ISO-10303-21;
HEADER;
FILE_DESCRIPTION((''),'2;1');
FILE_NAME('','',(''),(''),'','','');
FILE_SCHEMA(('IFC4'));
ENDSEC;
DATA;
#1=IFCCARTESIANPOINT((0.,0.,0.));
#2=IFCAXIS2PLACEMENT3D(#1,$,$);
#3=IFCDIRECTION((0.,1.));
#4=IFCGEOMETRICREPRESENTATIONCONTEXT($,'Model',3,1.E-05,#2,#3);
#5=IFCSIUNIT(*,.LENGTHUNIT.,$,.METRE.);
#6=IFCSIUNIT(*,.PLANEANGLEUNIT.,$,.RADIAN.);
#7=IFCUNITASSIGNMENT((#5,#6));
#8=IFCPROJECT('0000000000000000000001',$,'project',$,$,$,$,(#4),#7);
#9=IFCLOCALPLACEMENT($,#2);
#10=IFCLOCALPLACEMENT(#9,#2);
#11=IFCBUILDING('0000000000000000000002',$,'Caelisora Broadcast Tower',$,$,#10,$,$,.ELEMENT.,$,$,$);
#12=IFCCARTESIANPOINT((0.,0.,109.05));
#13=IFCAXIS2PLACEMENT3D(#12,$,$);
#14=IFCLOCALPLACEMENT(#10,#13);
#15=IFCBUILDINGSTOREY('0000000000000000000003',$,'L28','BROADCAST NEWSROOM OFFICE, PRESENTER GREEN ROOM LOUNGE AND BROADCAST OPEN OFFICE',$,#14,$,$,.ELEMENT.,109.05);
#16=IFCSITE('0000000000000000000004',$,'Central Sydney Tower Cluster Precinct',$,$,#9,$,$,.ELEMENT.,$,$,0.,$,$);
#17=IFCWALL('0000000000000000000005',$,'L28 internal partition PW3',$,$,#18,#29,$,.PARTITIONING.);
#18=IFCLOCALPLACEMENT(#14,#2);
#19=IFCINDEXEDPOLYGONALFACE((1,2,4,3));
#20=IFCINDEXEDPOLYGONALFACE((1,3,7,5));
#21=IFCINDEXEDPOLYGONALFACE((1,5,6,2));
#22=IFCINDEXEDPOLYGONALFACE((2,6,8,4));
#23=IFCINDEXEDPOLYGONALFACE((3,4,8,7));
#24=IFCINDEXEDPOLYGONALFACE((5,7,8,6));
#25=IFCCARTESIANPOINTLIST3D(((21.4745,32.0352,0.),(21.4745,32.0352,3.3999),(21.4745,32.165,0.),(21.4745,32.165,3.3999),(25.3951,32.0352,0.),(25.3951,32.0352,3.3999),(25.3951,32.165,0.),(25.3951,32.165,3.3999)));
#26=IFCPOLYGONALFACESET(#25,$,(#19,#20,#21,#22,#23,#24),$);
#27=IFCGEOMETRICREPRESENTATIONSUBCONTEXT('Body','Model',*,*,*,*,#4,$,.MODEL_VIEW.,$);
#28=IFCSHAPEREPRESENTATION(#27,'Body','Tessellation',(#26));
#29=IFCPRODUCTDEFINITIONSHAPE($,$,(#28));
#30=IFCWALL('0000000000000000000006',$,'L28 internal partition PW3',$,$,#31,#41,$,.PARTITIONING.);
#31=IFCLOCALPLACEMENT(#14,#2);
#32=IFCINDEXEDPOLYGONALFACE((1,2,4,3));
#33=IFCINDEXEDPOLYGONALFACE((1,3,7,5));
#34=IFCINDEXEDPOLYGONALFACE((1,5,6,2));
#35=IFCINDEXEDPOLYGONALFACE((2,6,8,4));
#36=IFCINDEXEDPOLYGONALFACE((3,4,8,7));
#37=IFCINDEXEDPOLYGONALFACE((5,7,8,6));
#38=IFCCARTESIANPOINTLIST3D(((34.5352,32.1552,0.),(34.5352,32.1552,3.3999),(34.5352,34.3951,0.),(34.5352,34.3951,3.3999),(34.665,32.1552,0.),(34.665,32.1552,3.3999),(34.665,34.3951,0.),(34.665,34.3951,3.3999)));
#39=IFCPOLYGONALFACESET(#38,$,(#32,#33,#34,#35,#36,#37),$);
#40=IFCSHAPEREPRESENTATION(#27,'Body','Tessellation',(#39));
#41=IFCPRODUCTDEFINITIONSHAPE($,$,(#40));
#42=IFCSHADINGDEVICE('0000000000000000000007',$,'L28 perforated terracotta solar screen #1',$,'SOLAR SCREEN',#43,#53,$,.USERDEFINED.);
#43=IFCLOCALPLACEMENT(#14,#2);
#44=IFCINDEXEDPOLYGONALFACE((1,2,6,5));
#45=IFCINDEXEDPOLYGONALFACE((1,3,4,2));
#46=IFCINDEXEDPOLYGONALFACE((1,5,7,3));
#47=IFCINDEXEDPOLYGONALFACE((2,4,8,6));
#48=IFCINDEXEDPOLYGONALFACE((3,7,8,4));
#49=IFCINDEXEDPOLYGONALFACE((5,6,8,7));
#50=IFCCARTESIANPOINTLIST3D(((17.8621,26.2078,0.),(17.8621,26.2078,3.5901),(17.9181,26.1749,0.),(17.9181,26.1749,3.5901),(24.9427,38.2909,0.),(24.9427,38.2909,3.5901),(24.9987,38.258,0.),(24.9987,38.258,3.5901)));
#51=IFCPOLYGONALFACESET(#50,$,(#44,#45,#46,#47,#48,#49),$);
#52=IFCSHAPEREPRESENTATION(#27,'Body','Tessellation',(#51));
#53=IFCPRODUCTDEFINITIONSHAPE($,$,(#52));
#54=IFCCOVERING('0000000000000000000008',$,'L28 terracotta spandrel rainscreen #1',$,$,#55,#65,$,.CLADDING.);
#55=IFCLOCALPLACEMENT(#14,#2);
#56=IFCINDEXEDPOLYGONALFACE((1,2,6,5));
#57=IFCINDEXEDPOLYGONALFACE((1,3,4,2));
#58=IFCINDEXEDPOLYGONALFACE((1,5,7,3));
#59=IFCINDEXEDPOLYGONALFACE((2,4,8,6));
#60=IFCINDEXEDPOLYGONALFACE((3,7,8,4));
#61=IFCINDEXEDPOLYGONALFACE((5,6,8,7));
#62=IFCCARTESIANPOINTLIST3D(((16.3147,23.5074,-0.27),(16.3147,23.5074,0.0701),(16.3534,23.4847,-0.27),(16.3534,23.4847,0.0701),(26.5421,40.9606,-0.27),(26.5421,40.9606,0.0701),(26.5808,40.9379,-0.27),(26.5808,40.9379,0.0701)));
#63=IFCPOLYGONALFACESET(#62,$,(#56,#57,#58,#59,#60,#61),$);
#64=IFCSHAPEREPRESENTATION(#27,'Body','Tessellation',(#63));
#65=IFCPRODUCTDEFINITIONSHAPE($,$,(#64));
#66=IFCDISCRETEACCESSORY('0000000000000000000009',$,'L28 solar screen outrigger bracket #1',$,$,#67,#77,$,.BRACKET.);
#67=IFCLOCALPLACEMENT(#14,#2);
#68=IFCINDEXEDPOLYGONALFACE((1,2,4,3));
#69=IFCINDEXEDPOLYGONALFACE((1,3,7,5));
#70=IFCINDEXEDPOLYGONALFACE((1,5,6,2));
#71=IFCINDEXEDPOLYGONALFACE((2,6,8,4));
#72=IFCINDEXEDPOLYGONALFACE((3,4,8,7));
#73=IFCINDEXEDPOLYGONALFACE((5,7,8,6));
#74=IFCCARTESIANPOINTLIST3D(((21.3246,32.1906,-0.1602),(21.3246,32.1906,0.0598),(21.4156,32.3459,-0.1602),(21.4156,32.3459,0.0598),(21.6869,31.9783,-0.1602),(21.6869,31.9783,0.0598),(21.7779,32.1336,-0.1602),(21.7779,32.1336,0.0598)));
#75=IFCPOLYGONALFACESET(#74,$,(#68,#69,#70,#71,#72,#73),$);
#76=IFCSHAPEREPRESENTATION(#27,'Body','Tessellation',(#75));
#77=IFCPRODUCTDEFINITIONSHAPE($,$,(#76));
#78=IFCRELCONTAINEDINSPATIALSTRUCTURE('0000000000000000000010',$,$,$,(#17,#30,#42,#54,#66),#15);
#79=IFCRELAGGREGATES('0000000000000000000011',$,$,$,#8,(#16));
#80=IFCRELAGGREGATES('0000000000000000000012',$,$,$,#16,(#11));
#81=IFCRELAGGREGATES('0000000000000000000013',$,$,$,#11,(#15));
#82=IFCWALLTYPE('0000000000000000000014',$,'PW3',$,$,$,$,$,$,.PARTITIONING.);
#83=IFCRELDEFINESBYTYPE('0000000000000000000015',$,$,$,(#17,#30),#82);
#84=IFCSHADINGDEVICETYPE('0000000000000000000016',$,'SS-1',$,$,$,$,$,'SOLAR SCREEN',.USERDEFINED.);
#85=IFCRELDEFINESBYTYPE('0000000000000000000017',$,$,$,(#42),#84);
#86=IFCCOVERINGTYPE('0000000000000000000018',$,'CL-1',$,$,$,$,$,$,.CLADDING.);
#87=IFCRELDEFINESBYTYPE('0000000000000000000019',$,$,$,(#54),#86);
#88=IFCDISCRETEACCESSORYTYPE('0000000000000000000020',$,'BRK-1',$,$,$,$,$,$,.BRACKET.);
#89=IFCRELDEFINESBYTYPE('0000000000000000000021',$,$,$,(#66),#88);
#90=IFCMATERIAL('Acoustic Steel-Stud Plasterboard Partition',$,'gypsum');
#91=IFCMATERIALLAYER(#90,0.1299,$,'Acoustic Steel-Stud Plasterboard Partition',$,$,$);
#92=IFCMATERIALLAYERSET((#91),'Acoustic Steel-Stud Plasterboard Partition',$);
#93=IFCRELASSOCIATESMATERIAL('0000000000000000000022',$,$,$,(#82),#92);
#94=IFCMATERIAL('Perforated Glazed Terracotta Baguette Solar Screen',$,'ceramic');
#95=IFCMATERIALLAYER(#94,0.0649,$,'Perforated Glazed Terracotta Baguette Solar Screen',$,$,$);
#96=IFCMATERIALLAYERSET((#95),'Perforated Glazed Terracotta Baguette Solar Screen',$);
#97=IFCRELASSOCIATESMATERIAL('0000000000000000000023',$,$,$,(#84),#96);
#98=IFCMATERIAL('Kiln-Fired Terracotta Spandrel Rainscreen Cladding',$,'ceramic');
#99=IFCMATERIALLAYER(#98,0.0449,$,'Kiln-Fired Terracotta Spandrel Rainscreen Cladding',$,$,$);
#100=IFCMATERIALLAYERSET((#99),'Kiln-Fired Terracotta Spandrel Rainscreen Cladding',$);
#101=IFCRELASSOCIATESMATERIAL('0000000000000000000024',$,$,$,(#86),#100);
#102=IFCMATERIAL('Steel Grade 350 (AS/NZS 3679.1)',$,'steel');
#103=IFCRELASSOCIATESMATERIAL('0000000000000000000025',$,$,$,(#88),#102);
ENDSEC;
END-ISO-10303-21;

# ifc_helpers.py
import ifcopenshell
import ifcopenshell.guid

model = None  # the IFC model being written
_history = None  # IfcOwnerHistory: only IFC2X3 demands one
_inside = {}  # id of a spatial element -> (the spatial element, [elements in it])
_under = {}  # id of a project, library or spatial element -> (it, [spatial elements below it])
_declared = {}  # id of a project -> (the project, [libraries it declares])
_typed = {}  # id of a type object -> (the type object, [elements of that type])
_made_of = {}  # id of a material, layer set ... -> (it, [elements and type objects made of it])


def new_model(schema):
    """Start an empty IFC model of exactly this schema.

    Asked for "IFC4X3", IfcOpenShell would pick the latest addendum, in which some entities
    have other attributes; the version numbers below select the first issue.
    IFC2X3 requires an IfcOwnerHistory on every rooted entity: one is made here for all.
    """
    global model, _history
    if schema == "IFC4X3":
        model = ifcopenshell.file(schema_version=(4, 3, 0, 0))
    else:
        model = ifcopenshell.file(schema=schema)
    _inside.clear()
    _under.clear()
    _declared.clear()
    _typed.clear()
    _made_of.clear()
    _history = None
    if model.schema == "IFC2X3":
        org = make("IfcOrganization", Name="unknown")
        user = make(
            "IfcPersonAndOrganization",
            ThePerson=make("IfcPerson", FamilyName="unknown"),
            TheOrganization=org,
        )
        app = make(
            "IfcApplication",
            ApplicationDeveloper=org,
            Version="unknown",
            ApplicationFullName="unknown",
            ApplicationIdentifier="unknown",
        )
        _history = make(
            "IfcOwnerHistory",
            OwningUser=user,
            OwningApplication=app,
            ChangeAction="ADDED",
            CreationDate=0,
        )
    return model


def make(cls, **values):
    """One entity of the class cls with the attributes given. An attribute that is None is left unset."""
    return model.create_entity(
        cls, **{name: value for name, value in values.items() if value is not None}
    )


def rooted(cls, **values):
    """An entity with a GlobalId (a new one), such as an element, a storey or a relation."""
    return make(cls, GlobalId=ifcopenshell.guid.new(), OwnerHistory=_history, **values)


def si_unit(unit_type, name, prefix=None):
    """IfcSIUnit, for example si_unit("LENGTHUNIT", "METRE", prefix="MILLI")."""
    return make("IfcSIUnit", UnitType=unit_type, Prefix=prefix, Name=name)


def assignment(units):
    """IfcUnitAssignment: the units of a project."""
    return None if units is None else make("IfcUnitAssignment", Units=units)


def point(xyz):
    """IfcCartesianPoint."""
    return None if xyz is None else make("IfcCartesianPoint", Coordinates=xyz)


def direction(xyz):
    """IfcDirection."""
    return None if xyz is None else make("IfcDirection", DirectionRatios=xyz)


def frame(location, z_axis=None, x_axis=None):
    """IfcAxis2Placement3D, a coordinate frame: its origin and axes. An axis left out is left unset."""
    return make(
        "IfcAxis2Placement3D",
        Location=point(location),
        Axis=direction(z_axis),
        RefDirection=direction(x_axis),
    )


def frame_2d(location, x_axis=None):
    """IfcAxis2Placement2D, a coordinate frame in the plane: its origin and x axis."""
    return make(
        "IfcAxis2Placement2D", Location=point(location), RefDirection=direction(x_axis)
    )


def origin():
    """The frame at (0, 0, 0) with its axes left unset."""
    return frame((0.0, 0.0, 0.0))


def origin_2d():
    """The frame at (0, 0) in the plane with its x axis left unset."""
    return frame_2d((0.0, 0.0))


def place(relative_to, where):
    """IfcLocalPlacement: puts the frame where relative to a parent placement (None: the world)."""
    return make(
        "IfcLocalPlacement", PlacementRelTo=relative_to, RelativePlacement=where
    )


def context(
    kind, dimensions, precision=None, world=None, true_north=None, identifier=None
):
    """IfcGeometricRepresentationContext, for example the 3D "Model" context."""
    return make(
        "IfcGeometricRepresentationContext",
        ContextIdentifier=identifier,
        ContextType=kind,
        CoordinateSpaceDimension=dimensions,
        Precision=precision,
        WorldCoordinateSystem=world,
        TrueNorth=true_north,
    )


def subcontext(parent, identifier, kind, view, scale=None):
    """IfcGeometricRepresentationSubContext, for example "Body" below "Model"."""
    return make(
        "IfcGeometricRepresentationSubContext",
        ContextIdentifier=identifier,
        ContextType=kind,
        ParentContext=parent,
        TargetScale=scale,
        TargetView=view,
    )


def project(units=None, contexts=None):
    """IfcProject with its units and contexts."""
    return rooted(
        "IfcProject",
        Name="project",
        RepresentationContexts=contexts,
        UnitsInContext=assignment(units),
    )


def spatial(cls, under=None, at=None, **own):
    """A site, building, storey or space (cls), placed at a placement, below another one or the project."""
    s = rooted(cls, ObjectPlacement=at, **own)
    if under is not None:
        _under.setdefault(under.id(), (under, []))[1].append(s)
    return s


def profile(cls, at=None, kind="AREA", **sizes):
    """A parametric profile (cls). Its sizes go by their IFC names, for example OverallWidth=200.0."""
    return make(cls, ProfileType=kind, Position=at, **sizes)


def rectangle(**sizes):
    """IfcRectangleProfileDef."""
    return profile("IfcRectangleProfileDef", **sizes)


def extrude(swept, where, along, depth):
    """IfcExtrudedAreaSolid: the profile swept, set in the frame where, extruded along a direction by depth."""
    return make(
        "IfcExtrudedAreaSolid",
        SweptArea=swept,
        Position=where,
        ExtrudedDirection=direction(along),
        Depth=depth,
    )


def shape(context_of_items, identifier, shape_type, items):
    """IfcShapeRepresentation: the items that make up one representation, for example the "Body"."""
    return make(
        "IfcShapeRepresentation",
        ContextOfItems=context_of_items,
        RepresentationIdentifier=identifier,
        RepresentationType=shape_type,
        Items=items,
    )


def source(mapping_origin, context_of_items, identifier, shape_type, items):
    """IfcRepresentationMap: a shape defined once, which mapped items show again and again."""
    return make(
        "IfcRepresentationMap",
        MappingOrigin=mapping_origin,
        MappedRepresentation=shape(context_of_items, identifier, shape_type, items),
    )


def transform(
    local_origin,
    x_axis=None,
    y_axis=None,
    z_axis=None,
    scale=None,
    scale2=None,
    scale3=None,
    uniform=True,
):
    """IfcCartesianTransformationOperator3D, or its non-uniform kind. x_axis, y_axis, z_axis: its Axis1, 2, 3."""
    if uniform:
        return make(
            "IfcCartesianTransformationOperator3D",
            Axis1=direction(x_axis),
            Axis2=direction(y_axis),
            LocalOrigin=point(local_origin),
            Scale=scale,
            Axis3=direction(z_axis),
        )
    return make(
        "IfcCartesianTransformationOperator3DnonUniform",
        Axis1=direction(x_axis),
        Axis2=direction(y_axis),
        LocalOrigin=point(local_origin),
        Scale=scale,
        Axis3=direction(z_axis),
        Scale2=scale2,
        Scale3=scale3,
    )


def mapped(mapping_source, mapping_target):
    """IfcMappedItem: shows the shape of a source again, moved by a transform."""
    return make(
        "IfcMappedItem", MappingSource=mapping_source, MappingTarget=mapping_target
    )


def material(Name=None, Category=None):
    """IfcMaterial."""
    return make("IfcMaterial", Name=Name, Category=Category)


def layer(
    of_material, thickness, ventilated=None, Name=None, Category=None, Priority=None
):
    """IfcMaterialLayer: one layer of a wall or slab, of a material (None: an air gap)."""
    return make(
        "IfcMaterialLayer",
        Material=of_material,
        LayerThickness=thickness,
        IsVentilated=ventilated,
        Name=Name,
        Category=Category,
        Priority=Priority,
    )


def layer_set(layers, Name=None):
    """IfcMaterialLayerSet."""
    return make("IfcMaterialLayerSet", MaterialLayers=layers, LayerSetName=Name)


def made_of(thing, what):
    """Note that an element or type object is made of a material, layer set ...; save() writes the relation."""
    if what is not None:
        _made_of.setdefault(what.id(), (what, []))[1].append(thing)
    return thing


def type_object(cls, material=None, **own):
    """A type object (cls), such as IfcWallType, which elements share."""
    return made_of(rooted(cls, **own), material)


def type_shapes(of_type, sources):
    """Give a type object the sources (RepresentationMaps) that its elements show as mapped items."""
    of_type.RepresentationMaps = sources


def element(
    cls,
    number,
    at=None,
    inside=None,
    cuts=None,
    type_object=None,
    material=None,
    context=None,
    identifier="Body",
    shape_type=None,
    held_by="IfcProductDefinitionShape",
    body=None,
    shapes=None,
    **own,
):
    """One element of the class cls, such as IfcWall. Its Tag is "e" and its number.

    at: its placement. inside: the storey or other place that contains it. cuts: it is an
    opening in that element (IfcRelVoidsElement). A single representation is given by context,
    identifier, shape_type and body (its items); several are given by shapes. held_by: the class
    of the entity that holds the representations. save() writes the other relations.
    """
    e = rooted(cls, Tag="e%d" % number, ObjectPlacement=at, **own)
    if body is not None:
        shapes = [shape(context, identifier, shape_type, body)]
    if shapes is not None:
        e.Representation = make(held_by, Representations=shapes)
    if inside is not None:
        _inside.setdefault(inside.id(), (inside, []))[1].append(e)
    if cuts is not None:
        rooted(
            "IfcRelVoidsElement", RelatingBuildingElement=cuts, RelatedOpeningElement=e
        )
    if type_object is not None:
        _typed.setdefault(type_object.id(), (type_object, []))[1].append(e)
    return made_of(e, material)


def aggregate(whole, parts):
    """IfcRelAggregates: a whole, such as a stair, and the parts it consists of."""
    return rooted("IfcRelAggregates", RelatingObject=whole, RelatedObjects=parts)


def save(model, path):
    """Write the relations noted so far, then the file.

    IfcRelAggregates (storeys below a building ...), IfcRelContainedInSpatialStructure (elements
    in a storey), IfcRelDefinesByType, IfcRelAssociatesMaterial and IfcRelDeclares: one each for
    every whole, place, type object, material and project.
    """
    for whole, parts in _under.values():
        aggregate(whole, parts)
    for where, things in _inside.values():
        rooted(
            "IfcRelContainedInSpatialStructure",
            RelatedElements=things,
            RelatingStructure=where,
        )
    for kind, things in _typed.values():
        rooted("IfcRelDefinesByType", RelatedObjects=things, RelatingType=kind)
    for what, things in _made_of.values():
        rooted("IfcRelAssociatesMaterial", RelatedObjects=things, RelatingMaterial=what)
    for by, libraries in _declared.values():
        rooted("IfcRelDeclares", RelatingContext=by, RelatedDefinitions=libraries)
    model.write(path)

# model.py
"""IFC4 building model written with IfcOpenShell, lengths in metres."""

from ifc_helpers import new_model, si_unit, direction, frame, frame_2d, origin, origin_2d, place, context, subcontext, project, spatial, rectangle, extrude, source, transform, mapped, material, layer, layer_set, type_object, type_shapes, element, save


model = new_model("IFC4")

# Units and contexts
model_context = context("Model", 3, precision=1e-05, world=origin(), true_north=direction((0.0, 1.0)))
body_context = subcontext(model_context, "Body", "Model", "MODEL_VIEW")
ifc_project = project(units=[si_unit("LENGTHUNIT", "METRE"), si_unit("PLANEANGLEUNIT", "RADIAN")], contexts=[model_context])

# Site, building, storey
site_placement = place(None, origin())
site = spatial("IfcSite", under=ifc_project, at=site_placement, Name="Central Sydney Tower Cluster Precinct", CompositionType="ELEMENT", RefElevation=0.0)
building_placement = place(site_placement, origin())
building = spatial("IfcBuilding", under=site, at=building_placement, Name="Caelisora Broadcast Tower", CompositionType="ELEMENT")
storey_placement = place(building_placement, frame((0.0, 0.0, 109.05)))
storey = spatial("IfcBuildingStorey", under=building, at=storey_placement, Name="L28", Description="BROADCAST NEWSROOM OFFICE, PRESENTER GREEN ROOM LOUNGE AND BROADCAST OPEN OFFICE", CompositionType="ELEMENT", Elevation=109.05)

# Shared definitions
ifc_material_1 = material(Name="Steel Grade 350 (AS/NZS 3679.1)", Category="steel")

# Shared definitions
ifc_material_2 = material(Name="Acoustic Steel-Stud Plasterboard Partition", Category="gypsum")
ifc_layer_1 = layer(ifc_material_2, 0.1299, Name="Acoustic Steel-Stud Plasterboard Partition")
ifc_layer_set_1 = layer_set([ifc_layer_1], Name="Acoustic Steel-Stud Plasterboard Partition")
wall_type_1 = type_object("IfcWallType", Name="PW3", PredefinedType="PARTITIONING", material=ifc_layer_set_1)

# Walls
wall_1_placement = place(storey_placement, frame((21.4744, 32.1001, 0.0), z_axis=(0.0, 0.0, 1.0), x_axis=(1.0, 0.0, 0.0)))
element("IfcWall", 1, at=wall_1_placement, inside=storey, type_object=wall_type_1, Name="L28 internal partition PW3", PredefinedType="PARTITIONING", context=body_context, shape_type="SweptSolid", body=[
    extrude(rectangle(XDim=3.9207, YDim=0.1299, at=frame_2d((1.9604, 0.0))), origin(), (0.0, 0.0, 1.0), 3.3999),
])
wall_2_placement = place(storey_placement, frame((34.6001, 32.155, 0.0), z_axis=(0.0, 0.0, 1.0), x_axis=(0.0, 1.0, 0.0)))
element("IfcWall", 2, at=wall_2_placement, inside=storey, type_object=wall_type_1, Name="L28 internal partition PW3", PredefinedType="PARTITIONING", context=body_context, shape_type="SweptSolid", body=[
    extrude(rectangle(XDim=2.24, YDim=0.1299, at=frame_2d((1.1201, 0.0))), origin(), (0.0, 0.0, 1.0), 3.3999),
])

# Shading device
ifc_material_3 = material(Name="Perforated Glazed Terracotta Baguette Solar Screen", Category="ceramic")
ifc_layer_2 = layer(ifc_material_3, 0.0649, Name="Perforated Glazed Terracotta Baguette Solar Screen")
ifc_layer_set_2 = layer_set([ifc_layer_2], Name="Perforated Glazed Terracotta Baguette Solar Screen")
shading_device_type = type_object("IfcShadingDeviceType", Name="SS-1", ElementType="SOLAR SCREEN", PredefinedType="USERDEFINED", material=ifc_layer_set_2)
shared_shape_1 = source(origin(), body_context, "Body", "SweptSolid", [
    extrude(rectangle(XDim=14.0049, YDim=0.0649, at=origin_2d()), origin(), (0.0, 0.0, 1.0), 3.5901),
])
type_shapes(shading_device_type, [shared_shape_1])
shading_device_placement = place(storey_placement, frame((21.4304, 32.2329, 0.0), z_axis=(0.0, 0.0, 1.0), x_axis=(-0.505582, -0.862779, 0.0)))
element("IfcShadingDevice", 3, at=shading_device_placement, inside=storey, type_object=shading_device_type, Name="L28 perforated terracotta solar screen #1", ObjectType="SOLAR SCREEN", PredefinedType="USERDEFINED", context=body_context, shape_type="MappedRepresentation", body=[
    mapped(shared_shape_1, transform((0.0, 0.0, 0.0), scale=1.0)),
])

# Covering
ifc_material_4 = material(Name="Kiln-Fired Terracotta Spandrel Rainscreen Cladding", Category="ceramic")
ifc_layer_3 = layer(ifc_material_4, 0.0449, Name="Kiln-Fired Terracotta Spandrel Rainscreen Cladding")
ifc_layer_set_3 = layer_set([ifc_layer_3], Name="Kiln-Fired Terracotta Spandrel Rainscreen Cladding")
covering_type = type_object("IfcCoveringType", Name="CL-1", PredefinedType="CLADDING", material=ifc_layer_set_3)
shared_shape_2 = source(origin(), body_context, "Body", "SweptSolid", [
    extrude(rectangle(XDim=20.229, YDim=0.0449, at=origin_2d()), origin(), (0.0, 0.0, 1.0), 0.3401),
])
type_shapes(covering_type, [shared_shape_2])
covering_placement = place(storey_placement, frame((21.4478, 32.2227, -0.27), z_axis=(0.0, 0.0, 1.0), x_axis=(-0.505582, -0.862779, 0.0)))
element("IfcCovering", 4, at=covering_placement, inside=storey, type_object=covering_type, Name="L28 terracotta spandrel rainscreen #1", PredefinedType="CLADDING", context=body_context, shape_type="MappedRepresentation", body=[
    mapped(shared_shape_2, transform((0.0, 0.0, 0.0), scale=1.0)),
])

# Discrete accessory
discrete_accessory_type = type_object("IfcDiscreteAccessoryType", Name="BRK-1", PredefinedType="BRACKET", material=ifc_material_1)
shared_shape_3 = source(origin(), body_context, "Body", "SweptSolid", [
    extrude(rectangle(XDim=0.1799, YDim=0.4199, at=origin_2d()), origin(), (0.0, 0.0, 1.0), 0.22),
])
type_shapes(discrete_accessory_type, [shared_shape_3])
discrete_accessory_placement = place(storey_placement, frame((21.5513, 32.1621, -0.1602), z_axis=(0.0, 0.0, 1.0), x_axis=(-0.505582, -0.862779, 0.0)))
element("IfcDiscreteAccessory", 5, at=discrete_accessory_placement, inside=storey, type_object=discrete_accessory_type, Name="L28 solar screen outrigger bracket #1", PredefinedType="BRACKET", context=body_context, shape_type="MappedRepresentation", body=[
    mapped(shared_shape_3, transform((0.0, 0.0, 0.0), scale=1.0)),
])

save(model, "model.ifc")
